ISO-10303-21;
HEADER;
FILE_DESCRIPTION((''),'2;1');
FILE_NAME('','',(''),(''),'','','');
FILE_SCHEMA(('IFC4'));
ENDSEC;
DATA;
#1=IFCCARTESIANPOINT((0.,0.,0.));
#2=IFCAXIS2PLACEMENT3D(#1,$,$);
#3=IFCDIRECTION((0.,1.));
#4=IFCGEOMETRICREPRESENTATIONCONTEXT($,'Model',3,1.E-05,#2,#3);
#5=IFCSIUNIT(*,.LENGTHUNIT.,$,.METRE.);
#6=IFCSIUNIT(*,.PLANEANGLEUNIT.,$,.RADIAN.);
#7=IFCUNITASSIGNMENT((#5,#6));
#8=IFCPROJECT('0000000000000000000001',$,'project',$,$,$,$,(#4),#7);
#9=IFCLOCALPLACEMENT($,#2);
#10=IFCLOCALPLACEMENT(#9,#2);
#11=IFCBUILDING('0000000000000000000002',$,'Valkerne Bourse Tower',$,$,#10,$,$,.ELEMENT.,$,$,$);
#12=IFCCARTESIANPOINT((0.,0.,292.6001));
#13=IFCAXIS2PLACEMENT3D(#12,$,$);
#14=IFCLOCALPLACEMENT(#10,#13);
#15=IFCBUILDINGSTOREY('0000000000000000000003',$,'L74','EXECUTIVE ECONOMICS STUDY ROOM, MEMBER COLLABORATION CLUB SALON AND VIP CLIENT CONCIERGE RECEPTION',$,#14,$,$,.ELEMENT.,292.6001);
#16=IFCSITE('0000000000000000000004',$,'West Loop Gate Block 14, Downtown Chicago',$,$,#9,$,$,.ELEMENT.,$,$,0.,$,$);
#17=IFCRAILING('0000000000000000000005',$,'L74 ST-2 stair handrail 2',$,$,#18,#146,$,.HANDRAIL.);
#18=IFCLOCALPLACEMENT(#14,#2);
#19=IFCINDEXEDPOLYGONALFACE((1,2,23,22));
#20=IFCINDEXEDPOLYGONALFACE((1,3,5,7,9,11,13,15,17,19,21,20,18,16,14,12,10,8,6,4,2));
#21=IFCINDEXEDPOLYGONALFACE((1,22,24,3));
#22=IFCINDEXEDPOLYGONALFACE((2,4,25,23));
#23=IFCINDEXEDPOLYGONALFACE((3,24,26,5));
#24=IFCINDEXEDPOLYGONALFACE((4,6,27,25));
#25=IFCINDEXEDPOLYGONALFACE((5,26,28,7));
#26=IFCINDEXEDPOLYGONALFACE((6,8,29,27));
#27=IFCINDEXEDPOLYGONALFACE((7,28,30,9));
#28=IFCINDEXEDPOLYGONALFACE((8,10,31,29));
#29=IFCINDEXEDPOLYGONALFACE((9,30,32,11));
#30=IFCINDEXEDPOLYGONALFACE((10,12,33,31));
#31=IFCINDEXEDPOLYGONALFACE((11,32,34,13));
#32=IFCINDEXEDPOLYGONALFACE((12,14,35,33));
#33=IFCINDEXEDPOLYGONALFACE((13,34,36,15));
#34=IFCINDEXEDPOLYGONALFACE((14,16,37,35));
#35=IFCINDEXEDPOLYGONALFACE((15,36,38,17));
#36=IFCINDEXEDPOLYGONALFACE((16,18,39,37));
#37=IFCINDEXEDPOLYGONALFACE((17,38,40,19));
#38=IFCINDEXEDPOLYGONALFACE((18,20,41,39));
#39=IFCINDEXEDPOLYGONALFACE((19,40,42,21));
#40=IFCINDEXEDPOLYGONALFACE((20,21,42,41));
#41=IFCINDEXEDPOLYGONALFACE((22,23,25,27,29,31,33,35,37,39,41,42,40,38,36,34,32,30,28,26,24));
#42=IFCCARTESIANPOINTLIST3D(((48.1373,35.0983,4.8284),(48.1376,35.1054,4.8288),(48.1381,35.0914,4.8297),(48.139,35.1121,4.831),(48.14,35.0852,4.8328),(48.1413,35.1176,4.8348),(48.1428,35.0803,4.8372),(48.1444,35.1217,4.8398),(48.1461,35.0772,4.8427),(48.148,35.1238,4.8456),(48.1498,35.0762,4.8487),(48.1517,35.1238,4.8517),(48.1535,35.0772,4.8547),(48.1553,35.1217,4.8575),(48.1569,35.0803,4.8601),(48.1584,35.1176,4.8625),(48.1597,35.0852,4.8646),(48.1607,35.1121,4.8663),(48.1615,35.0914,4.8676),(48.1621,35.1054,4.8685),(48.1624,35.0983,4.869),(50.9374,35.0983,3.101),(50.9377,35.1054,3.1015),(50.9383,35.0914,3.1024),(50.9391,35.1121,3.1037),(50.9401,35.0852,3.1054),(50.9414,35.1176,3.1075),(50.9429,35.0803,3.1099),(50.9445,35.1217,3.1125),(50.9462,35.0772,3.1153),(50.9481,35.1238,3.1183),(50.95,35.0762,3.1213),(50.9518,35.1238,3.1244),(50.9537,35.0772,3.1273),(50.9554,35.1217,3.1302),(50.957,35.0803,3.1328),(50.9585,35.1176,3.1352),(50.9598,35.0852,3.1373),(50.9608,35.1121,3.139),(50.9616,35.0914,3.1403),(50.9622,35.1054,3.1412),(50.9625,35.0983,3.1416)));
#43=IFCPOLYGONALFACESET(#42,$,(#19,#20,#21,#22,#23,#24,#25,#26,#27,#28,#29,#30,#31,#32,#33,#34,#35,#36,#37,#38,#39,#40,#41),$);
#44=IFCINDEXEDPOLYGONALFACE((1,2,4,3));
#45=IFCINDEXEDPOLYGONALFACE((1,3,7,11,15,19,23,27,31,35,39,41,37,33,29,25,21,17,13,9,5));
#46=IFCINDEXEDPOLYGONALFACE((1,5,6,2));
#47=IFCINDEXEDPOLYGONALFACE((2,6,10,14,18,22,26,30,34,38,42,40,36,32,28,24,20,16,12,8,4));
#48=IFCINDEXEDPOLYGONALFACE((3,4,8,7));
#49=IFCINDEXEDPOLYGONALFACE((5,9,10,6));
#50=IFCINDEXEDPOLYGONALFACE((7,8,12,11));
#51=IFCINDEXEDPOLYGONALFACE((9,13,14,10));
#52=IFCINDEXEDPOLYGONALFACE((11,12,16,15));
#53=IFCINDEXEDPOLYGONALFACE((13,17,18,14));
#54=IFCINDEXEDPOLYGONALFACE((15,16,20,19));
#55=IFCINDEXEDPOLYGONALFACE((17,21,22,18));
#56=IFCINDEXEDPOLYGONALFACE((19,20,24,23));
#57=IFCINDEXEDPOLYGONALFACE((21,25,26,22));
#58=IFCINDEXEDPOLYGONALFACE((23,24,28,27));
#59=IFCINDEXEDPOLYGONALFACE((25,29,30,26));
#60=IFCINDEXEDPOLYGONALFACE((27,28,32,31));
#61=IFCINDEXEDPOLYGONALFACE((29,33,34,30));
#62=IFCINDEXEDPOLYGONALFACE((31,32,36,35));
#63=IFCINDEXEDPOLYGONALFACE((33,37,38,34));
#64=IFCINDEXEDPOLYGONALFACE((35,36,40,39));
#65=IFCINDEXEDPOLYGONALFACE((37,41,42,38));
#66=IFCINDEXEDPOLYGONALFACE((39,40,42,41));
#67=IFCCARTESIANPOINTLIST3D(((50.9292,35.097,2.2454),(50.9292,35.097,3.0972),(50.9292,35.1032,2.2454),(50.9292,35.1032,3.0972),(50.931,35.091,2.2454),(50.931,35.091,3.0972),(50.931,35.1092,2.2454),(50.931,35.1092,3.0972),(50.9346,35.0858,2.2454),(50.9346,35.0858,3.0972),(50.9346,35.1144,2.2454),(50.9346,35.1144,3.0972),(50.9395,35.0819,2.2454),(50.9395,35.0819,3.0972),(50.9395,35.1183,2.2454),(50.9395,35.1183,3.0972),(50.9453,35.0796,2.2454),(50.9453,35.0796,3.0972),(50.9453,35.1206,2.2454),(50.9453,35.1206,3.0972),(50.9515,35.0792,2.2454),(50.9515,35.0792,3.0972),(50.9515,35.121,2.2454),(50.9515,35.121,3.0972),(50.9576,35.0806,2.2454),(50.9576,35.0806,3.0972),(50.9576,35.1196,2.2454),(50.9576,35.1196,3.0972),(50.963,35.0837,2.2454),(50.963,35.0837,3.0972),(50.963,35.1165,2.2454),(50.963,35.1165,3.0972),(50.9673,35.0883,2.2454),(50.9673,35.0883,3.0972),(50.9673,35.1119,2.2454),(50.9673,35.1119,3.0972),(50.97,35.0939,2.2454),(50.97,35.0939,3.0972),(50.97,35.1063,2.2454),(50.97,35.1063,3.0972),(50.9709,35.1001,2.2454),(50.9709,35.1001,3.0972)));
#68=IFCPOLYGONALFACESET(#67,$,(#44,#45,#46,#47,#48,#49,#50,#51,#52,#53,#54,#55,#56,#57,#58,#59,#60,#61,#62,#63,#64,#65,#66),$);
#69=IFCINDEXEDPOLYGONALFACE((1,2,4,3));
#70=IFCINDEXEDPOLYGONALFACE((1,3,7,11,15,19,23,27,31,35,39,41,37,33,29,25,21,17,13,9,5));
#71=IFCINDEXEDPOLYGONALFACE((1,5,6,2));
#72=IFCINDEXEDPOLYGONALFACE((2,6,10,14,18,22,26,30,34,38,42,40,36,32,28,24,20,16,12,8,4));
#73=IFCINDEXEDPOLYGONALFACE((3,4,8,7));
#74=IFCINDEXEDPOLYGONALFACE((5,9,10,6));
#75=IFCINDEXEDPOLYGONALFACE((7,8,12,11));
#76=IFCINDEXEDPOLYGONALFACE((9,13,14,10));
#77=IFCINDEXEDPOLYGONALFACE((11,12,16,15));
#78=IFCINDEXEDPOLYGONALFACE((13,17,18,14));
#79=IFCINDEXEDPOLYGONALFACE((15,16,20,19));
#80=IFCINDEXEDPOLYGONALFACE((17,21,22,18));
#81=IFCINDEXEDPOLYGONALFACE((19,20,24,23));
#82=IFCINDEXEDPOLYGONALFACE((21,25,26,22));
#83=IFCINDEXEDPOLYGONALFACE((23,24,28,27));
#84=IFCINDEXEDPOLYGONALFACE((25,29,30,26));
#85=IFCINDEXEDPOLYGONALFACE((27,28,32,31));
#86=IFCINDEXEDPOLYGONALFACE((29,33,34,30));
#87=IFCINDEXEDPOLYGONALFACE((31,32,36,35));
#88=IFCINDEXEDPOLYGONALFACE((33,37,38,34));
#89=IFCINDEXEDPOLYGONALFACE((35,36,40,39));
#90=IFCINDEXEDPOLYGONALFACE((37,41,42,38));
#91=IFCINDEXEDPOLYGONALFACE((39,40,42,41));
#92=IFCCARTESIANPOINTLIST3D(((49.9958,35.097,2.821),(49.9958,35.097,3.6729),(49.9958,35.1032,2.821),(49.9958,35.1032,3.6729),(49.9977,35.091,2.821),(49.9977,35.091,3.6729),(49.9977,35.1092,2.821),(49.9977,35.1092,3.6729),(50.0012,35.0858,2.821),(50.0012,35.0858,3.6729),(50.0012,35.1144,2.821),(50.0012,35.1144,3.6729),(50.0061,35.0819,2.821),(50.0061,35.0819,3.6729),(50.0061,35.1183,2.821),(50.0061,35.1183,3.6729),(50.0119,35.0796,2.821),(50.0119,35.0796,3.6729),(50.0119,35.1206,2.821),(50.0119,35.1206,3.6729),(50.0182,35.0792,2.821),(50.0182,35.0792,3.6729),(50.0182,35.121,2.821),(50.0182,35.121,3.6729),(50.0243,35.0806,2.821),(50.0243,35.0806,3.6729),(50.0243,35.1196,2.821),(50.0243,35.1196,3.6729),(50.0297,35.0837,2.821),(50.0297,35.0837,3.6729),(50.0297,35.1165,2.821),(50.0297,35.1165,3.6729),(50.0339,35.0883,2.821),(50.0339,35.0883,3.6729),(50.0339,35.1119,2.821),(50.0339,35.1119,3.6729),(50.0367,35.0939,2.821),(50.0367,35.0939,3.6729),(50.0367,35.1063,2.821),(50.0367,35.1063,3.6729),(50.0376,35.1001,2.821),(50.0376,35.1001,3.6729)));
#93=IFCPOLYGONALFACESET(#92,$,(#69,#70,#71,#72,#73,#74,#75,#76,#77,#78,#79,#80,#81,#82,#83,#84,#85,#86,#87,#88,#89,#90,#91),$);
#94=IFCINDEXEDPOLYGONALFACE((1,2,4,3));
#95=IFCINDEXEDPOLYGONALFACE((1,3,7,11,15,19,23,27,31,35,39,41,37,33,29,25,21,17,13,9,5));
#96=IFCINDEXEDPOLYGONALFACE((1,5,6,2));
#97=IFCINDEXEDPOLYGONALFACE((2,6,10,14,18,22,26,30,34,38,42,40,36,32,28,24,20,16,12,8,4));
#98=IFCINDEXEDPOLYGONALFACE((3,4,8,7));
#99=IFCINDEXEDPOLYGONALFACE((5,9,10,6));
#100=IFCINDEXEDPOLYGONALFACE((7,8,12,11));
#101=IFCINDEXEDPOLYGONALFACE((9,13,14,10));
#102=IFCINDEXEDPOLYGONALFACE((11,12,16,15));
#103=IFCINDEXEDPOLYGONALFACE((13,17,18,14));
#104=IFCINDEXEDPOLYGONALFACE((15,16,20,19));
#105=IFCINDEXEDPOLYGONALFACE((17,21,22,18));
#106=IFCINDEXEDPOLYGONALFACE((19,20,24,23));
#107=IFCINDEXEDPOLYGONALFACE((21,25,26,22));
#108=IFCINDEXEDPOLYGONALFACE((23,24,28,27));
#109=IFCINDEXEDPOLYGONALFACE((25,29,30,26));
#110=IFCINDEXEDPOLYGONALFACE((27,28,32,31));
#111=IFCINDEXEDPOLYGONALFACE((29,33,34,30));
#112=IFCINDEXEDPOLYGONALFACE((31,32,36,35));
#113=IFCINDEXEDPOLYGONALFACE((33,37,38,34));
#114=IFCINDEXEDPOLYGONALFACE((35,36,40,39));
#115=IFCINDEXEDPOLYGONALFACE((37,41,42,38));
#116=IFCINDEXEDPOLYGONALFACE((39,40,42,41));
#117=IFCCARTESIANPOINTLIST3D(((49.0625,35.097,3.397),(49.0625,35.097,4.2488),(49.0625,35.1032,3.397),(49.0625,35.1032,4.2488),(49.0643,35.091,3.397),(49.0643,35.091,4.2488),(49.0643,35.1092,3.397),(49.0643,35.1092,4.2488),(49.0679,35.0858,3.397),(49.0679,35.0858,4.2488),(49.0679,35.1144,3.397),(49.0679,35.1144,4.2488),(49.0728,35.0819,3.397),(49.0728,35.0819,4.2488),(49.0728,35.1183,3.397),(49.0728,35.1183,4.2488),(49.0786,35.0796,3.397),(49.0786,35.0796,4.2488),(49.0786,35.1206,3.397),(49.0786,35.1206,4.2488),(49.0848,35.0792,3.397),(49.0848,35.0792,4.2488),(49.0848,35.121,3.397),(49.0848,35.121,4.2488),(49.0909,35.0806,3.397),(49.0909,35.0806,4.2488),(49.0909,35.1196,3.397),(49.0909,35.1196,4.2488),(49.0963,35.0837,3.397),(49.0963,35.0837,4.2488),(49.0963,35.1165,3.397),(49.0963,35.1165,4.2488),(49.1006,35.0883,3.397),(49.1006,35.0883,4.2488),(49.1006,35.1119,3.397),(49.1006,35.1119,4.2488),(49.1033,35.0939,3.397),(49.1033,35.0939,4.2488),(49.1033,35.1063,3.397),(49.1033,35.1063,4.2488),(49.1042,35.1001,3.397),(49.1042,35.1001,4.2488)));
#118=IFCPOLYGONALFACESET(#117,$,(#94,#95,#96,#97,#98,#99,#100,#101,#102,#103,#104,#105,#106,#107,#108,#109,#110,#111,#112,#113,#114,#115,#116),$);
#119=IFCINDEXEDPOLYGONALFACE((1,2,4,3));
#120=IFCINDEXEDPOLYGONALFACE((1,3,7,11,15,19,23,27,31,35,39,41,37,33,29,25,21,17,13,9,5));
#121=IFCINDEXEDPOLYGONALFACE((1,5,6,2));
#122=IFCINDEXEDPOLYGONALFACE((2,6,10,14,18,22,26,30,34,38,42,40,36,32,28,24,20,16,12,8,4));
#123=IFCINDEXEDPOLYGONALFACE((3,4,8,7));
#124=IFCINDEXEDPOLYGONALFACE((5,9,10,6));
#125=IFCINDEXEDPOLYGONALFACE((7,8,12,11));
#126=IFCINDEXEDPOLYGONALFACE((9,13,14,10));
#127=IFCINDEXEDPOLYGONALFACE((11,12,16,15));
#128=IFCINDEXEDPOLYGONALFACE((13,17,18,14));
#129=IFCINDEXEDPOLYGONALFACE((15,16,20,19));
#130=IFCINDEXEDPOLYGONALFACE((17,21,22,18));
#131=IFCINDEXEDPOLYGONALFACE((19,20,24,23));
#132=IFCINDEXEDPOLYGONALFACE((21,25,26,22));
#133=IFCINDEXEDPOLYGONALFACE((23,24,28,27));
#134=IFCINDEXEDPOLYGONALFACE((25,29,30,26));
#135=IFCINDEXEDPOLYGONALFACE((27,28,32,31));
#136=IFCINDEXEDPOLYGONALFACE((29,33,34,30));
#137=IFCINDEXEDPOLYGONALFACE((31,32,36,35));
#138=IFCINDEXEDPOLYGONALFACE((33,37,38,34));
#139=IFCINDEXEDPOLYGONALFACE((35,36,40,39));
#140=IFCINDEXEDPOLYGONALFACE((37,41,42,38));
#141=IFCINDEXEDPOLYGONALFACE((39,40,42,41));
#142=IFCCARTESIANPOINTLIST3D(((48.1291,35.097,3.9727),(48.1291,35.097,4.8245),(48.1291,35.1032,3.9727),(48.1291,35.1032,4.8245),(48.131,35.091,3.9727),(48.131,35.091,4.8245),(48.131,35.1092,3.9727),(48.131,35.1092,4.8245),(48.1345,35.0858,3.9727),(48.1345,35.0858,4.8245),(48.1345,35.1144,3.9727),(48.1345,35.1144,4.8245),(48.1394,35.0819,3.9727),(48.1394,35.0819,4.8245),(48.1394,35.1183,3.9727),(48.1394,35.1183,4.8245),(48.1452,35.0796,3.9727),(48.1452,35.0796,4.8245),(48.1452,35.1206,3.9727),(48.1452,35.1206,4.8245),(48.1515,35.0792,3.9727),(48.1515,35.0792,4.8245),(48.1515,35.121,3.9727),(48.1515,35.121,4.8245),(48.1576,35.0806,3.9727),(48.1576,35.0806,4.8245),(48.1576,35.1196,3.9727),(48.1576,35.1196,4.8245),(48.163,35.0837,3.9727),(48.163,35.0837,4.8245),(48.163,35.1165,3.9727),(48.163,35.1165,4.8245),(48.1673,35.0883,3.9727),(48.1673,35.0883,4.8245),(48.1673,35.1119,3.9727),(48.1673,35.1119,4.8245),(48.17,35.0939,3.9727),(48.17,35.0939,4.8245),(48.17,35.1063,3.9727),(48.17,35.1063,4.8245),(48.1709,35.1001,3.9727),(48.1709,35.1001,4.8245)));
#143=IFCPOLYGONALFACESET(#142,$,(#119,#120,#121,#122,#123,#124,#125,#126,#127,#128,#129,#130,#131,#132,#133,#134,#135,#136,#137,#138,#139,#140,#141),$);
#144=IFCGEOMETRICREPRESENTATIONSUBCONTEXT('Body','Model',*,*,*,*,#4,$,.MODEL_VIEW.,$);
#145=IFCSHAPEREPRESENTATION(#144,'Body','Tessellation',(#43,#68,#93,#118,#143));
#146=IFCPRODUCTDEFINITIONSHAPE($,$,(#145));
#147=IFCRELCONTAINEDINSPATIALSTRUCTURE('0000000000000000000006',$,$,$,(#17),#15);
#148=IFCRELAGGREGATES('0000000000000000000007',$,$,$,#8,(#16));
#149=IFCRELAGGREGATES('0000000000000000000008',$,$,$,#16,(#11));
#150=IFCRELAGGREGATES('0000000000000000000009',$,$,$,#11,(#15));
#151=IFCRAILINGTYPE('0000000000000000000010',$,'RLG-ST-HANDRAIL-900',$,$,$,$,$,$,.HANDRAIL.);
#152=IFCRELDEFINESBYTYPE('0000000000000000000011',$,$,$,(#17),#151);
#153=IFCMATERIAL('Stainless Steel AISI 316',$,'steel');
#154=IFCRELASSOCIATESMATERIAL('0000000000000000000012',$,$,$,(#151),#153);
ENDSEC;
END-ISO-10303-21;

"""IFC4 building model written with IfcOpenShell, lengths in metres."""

from ifc_helpers import new_model, si_unit, direction, frame, origin, origin_2d, place, context, subcontext, project, spatial, circle, extrude, material, type_object, element, save


model = new_model("IFC4")

# Units and contexts
model_context = context("Model", 3, precision=1e-05, world=origin(), true_north=direction((0.0, 1.0)))
body_context = subcontext(model_context, "Body", "Model", "MODEL_VIEW")
ifc_project = project(units=[si_unit("LENGTHUNIT", "METRE"), si_unit("PLANEANGLEUNIT", "RADIAN")], contexts=[model_context])

# Site, building, storey
site_placement = place(None, origin())
site = spatial("IfcSite", under=ifc_project, at=site_placement, Name="West Loop Gate Block 14, Downtown Chicago", CompositionType="ELEMENT", RefElevation=0.0)
building_placement = place(site_placement, origin())
building = spatial("IfcBuilding", under=site, at=building_placement, Name="Valkerne Bourse Tower", CompositionType="ELEMENT")
storey_placement = place(building_placement, frame((0.0, 0.0, 292.6001)))
storey = spatial("IfcBuildingStorey", under=building, at=storey_placement, Name="L74", Description="EXECUTIVE ECONOMICS STUDY ROOM, MEMBER COLLABORATION CLUB SALON AND VIP CLIENT CONCIERGE RECEPTION", CompositionType="ELEMENT", Elevation=292.6001)

# Railing
ifc_material_1 = material(Name="Stainless Steel AISI 316", Category="steel")
railing_type_1 = type_object("IfcRailingType", Name="RLG-ST-HANDRAIL-900", PredefinedType="HANDRAIL", material=ifc_material_1)
railing_1_placement = place(storey_placement, frame((50.95, 35.1001, 2.2454)))
element("IfcRailing", 1, at=railing_1_placement, inside=storey, type_object=railing_type_1, Name="L74 ST-2 stair handrail 2", PredefinedType="HANDRAIL", context=body_context, shape_type="SweptSolid", body=[
    extrude(circle(Radius=0.0239, at=origin_2d()), frame((0.0, 0.0, 0.876), z_axis=(-0.85109, 0.0, 0.52502), x_axis=(0.0, -1.0, 0.0)), (0.0, 0.0, 1.0), 3.29),
    extrude(circle(Radius=0.021, at=origin_2d()), origin(), (0.0, 0.0, 1.0), 0.8518),
    extrude(circle(Radius=0.021, at=origin_2d()), frame((-0.9333, 0.0, 0.5757)), (0.0, 0.0, 1.0), 0.8518),
    extrude(circle(Radius=0.021, at=origin_2d()), frame((-1.8667, 0.0, 1.1516)), (0.0, 0.0, 1.0), 0.8518),
    extrude(circle(Radius=0.021, at=origin_2d()), frame((-2.8, 0.0, 1.7273)), (0.0, 0.0, 1.0), 0.8518),
])

save(model, "model.ifc")
